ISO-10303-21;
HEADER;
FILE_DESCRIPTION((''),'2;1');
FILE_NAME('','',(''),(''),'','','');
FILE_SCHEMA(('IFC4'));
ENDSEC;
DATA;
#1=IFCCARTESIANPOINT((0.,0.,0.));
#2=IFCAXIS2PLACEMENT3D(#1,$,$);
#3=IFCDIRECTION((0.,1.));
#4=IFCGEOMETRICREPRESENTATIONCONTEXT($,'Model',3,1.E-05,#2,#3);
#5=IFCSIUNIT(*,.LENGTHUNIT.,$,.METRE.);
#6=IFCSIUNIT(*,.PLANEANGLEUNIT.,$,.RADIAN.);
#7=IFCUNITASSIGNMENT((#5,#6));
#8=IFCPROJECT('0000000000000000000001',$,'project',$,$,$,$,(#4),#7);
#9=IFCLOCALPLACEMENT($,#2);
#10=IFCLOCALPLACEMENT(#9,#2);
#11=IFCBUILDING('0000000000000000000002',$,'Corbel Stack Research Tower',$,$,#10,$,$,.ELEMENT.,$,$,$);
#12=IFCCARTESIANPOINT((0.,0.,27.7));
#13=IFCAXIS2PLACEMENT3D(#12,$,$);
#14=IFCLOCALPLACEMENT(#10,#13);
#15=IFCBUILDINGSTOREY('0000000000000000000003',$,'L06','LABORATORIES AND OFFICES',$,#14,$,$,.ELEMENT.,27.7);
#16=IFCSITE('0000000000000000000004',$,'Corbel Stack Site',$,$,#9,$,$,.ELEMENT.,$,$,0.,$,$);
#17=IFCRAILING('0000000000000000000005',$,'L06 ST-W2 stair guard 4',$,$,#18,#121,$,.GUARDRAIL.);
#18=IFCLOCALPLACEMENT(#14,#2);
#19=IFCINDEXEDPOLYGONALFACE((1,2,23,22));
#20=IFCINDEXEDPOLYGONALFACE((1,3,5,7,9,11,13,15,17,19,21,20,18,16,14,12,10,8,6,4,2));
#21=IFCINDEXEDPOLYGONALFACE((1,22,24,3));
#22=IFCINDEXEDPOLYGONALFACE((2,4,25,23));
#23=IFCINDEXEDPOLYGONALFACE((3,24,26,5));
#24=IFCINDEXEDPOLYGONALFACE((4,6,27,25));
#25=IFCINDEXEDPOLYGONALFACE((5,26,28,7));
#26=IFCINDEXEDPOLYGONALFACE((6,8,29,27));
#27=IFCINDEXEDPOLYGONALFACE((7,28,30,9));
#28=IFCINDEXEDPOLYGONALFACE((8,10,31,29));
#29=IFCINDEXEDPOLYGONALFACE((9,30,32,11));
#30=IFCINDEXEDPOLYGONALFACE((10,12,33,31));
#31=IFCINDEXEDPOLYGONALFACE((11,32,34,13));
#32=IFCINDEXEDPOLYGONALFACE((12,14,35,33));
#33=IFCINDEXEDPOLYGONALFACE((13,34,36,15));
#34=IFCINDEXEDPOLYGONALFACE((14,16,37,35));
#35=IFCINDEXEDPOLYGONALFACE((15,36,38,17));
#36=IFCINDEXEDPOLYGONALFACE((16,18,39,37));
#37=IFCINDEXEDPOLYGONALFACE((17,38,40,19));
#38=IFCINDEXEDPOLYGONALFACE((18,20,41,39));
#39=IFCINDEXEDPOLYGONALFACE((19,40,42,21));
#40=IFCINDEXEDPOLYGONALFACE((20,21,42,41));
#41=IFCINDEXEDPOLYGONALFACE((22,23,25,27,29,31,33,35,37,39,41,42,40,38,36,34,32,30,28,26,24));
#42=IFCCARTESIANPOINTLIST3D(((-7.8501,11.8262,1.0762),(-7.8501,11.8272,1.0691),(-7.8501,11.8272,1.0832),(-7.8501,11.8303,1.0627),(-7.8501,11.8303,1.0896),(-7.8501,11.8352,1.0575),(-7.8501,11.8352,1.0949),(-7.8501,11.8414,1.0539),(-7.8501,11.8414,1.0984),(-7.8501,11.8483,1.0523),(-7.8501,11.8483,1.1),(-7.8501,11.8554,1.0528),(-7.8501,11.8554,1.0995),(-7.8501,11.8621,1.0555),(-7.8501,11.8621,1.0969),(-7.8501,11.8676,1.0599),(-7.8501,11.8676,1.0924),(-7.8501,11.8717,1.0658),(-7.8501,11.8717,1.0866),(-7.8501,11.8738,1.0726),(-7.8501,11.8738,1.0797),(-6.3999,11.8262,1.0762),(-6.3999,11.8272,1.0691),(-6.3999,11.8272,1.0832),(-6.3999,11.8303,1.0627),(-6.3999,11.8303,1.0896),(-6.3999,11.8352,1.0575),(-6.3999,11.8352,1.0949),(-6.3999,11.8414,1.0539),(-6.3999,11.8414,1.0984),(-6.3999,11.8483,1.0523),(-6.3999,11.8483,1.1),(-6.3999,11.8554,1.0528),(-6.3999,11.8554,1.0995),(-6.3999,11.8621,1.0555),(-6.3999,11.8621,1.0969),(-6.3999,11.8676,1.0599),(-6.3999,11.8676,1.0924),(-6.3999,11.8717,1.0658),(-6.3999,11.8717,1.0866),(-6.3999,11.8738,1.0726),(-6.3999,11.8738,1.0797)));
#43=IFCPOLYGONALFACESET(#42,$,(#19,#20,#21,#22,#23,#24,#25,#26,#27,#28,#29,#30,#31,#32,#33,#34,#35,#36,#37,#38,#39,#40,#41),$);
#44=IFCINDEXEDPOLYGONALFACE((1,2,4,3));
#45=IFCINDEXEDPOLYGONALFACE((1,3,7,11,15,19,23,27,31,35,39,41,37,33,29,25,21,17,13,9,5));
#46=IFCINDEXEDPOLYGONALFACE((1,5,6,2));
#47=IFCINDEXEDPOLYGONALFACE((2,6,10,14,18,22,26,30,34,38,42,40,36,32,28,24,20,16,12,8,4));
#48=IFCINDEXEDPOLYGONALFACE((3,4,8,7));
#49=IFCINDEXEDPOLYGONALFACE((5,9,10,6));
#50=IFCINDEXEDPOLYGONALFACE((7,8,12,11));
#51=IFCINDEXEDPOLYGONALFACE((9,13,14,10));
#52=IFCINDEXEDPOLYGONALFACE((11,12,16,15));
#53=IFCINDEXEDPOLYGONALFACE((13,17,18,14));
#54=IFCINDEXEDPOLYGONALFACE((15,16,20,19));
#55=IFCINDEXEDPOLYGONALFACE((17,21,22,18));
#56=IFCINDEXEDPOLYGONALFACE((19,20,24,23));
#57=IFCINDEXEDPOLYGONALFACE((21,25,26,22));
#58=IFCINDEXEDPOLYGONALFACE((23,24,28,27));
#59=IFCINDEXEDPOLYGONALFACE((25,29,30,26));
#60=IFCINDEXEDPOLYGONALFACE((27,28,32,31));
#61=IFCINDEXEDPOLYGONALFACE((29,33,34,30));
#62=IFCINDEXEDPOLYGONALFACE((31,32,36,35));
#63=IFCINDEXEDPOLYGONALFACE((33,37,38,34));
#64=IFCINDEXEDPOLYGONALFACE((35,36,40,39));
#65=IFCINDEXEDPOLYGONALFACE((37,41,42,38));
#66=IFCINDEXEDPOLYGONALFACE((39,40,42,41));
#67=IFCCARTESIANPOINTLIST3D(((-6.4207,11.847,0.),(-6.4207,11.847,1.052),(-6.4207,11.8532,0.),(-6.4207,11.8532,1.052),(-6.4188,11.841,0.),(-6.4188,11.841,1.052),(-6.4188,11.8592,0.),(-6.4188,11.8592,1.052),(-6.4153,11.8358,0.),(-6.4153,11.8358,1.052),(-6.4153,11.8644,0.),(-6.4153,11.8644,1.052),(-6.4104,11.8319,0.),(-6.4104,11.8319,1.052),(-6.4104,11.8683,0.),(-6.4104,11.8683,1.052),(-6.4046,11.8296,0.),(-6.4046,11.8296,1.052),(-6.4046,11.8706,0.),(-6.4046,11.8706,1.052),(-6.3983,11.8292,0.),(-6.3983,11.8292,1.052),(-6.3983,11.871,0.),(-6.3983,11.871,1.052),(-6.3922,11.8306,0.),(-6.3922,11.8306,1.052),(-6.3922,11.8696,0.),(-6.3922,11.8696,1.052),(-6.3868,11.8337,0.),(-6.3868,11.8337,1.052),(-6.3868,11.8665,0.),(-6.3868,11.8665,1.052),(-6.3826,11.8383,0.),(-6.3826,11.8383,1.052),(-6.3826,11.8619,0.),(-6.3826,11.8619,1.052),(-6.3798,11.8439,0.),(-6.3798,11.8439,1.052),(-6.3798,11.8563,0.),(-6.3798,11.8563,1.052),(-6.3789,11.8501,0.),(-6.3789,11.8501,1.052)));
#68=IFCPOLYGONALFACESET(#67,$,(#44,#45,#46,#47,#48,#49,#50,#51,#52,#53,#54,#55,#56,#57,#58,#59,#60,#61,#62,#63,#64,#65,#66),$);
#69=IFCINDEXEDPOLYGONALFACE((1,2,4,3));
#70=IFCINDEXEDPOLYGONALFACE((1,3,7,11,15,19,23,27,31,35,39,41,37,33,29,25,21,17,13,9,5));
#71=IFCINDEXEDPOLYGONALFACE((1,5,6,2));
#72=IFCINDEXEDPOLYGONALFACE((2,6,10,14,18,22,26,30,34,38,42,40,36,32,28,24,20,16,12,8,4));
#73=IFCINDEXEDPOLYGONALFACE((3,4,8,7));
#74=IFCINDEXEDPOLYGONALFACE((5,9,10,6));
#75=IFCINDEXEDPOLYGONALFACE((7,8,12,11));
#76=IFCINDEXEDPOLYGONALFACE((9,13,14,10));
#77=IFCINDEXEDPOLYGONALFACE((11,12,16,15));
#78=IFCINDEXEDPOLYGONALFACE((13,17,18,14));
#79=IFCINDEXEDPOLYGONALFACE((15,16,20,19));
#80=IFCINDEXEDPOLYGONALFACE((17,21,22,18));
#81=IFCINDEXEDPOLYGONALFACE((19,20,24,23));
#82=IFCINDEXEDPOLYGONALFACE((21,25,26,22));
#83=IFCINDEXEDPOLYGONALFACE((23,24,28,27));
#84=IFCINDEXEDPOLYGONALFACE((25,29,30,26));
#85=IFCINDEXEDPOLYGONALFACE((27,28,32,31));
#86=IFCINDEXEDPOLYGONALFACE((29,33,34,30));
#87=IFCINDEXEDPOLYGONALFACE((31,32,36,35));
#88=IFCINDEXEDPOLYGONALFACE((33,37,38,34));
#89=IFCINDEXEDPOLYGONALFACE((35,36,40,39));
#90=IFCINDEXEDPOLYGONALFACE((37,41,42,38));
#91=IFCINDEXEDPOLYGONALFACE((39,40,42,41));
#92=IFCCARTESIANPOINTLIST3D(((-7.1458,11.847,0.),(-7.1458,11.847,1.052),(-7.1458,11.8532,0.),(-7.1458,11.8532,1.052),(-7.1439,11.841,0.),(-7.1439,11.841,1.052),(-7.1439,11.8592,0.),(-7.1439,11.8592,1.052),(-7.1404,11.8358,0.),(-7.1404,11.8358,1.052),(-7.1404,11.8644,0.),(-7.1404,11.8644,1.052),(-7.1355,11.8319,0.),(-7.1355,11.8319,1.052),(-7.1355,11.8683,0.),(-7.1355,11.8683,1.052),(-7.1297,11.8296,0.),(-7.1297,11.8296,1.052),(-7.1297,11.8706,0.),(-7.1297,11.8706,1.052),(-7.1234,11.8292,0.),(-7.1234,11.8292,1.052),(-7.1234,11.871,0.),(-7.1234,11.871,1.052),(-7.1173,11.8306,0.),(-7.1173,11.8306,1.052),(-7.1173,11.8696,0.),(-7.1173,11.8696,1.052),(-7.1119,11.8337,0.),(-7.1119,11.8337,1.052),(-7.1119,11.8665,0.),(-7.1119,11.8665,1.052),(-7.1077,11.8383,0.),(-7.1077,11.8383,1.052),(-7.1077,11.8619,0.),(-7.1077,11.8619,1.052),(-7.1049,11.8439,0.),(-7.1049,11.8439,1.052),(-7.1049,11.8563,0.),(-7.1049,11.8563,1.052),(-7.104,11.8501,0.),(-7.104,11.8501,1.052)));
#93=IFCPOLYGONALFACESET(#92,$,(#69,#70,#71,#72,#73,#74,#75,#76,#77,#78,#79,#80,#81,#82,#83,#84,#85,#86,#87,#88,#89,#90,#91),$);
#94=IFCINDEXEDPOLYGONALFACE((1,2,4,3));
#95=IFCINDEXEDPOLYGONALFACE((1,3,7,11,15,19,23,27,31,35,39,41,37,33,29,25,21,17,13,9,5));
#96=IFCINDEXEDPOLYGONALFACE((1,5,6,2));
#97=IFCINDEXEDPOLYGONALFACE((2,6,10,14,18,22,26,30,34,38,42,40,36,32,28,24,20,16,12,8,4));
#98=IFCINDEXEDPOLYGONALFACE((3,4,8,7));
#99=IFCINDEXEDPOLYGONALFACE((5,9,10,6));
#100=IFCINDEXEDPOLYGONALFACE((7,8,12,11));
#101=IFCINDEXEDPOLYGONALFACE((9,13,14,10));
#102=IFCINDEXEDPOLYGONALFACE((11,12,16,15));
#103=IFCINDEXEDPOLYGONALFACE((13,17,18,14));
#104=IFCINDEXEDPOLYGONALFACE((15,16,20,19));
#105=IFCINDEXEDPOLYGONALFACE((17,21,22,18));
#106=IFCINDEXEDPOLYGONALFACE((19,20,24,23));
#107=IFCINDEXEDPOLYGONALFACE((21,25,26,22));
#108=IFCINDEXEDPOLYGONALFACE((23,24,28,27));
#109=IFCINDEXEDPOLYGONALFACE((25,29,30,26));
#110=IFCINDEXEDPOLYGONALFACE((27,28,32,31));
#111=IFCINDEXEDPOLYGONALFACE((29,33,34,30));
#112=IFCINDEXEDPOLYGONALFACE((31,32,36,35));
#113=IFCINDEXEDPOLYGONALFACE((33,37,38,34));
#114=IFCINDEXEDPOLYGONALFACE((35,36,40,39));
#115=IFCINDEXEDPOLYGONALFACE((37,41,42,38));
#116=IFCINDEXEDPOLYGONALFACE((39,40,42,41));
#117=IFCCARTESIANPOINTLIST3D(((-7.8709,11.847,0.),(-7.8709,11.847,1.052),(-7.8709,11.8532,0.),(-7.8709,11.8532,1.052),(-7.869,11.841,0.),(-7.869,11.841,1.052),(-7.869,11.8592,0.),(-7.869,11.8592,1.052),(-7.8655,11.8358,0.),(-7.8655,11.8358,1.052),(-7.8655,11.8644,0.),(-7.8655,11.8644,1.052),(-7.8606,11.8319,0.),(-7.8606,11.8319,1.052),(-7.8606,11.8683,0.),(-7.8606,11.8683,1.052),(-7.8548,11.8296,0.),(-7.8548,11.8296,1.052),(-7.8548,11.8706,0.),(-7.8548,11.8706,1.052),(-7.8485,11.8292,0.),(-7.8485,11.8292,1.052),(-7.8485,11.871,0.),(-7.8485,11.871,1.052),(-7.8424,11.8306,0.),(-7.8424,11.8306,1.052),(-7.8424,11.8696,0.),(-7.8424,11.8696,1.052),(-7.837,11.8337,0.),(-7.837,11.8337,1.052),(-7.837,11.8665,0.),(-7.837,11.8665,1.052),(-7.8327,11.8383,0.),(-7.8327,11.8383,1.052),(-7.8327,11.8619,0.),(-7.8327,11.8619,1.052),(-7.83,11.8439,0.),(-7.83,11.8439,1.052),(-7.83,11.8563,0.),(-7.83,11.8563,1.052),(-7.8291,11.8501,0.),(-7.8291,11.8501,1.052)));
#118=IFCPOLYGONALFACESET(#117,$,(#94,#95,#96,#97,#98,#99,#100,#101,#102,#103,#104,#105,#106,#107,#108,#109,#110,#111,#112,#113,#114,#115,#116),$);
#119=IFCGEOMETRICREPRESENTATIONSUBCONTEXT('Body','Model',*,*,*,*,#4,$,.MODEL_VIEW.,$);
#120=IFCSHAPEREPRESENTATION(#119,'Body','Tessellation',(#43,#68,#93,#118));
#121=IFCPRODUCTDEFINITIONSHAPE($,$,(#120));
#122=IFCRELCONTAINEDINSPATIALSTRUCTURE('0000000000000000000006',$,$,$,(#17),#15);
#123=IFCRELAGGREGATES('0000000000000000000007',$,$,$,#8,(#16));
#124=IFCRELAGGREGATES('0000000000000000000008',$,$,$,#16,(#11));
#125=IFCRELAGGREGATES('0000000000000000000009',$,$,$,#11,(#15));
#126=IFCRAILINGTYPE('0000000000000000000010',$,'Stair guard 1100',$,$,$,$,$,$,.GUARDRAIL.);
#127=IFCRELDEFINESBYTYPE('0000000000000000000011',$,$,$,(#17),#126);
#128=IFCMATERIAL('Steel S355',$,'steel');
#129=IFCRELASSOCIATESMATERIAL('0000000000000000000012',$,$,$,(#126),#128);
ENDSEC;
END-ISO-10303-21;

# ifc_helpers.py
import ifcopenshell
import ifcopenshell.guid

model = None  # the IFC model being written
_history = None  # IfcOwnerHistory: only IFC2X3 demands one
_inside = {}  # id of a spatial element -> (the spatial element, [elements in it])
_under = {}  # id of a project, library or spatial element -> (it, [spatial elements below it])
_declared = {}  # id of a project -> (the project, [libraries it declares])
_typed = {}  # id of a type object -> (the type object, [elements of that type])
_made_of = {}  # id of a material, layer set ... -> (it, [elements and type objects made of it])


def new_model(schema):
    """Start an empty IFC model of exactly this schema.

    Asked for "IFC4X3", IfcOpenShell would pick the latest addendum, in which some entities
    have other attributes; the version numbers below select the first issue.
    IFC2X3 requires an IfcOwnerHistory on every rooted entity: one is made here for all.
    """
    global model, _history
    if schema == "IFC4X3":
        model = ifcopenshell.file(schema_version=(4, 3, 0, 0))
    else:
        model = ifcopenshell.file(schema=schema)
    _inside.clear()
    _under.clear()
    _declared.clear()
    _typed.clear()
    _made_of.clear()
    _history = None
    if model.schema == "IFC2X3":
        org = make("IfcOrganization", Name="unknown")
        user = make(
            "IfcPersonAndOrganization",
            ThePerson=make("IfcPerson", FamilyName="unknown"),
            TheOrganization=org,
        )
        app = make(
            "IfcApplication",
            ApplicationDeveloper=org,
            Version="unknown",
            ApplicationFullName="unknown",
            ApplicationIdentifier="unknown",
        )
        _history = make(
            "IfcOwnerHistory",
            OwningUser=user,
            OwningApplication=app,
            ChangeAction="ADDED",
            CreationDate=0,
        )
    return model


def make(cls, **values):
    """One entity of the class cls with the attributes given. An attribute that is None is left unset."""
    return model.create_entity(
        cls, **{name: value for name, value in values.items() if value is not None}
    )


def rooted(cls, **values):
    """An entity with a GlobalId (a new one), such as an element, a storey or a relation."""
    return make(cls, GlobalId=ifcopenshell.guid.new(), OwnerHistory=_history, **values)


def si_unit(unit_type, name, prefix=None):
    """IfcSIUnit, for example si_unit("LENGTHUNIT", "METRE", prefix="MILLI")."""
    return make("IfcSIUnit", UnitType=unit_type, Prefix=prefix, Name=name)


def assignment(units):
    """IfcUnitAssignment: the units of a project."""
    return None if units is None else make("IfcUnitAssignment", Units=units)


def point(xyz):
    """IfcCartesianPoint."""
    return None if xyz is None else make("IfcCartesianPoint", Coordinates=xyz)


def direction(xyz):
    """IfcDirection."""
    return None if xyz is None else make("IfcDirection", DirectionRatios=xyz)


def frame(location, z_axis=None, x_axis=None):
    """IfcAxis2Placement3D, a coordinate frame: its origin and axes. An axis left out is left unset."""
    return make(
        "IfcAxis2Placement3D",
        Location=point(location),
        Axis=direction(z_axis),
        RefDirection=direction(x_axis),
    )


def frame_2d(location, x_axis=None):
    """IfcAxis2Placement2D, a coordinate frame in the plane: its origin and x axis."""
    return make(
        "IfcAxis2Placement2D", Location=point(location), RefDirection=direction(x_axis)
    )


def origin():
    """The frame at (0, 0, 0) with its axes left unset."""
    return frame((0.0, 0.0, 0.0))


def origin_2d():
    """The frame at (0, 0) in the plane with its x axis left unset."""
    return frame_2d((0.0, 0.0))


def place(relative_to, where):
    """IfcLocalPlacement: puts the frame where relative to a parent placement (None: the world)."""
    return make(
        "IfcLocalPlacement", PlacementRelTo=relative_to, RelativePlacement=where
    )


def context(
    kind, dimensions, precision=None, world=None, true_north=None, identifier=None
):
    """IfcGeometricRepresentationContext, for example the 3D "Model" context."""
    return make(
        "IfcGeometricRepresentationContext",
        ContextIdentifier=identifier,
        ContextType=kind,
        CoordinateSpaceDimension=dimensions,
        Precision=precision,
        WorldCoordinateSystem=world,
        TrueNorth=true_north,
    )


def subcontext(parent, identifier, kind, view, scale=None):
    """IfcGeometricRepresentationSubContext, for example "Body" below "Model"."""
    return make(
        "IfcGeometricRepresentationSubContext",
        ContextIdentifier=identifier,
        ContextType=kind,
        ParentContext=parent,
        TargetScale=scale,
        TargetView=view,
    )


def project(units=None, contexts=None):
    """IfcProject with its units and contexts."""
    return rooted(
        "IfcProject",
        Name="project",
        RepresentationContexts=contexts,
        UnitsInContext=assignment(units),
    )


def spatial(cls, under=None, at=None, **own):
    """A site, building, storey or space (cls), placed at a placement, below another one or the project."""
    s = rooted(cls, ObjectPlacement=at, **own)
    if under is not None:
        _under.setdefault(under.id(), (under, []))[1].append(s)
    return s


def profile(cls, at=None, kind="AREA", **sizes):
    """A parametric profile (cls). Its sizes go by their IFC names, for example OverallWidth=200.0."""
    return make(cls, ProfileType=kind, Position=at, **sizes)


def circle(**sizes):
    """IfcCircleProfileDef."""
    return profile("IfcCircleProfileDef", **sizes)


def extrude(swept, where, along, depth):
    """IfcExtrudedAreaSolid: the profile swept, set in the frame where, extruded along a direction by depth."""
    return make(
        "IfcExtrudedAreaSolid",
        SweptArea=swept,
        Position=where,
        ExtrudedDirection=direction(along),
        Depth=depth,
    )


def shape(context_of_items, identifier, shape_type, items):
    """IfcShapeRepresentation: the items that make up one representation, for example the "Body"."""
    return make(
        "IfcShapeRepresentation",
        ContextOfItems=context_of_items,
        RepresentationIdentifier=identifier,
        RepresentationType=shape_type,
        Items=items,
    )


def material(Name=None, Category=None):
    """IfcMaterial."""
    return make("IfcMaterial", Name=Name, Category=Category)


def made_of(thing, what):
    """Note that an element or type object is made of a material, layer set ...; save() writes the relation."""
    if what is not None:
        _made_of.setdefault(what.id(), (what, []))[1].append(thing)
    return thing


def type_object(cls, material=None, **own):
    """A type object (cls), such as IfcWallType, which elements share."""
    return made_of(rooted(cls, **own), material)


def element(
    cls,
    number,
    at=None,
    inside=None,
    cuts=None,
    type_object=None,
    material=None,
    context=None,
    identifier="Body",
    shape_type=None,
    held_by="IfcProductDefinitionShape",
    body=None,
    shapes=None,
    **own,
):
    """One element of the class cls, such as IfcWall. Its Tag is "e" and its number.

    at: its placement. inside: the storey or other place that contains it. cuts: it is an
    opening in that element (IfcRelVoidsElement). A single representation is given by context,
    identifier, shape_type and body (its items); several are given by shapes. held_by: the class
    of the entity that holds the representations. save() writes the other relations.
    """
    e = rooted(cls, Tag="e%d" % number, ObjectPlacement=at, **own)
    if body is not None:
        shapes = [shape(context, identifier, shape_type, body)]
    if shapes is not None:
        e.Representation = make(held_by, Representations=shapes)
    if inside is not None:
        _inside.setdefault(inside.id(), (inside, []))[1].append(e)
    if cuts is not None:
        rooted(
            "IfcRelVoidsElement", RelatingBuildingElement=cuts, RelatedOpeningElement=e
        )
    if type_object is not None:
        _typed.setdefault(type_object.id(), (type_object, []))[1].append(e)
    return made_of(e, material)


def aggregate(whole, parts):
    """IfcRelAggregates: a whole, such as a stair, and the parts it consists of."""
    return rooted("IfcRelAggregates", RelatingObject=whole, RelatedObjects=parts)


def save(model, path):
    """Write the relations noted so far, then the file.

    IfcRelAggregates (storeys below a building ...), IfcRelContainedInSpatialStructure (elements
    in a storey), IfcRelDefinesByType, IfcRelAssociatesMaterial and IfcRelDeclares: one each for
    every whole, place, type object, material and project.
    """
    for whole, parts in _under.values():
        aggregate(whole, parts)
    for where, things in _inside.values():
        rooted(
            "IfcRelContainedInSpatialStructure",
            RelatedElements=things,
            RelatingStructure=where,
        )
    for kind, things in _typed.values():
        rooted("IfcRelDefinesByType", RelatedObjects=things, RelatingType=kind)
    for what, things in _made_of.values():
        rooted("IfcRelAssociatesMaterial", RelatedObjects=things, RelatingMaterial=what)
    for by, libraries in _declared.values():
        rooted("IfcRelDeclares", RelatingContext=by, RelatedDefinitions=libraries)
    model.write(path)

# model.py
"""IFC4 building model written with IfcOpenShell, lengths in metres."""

from ifc_helpers import new_model, si_unit, direction, frame, origin, origin_2d, place, context, subcontext, project, spatial, circle, extrude, material, type_object, element, save


model = new_model("IFC4")

# Units and contexts
model_context = context("Model", 3, precision=1e-05, world=origin(), true_north=direction((0.0, 1.0)))
body_context = subcontext(model_context, "Body", "Model", "MODEL_VIEW")
ifc_project = project(units=[si_unit("LENGTHUNIT", "METRE"), si_unit("PLANEANGLEUNIT", "RADIAN")], contexts=[model_context])

# Site, building, storey
site_placement = place(None, origin())
site = spatial("IfcSite", under=ifc_project, at=site_placement, Name="Corbel Stack Site", CompositionType="ELEMENT", RefElevation=0.0)
building_placement = place(site_placement, origin())
building = spatial("IfcBuilding", under=site, at=building_placement, Name="Corbel Stack Research Tower", CompositionType="ELEMENT")
storey_placement = place(building_placement, frame((0.0, 0.0, 27.7)))
storey = spatial("IfcBuildingStorey", under=building, at=storey_placement, Name="L06", Description="LABORATORIES AND OFFICES", CompositionType="ELEMENT", Elevation=27.7)

# Railing
ifc_material_1 = material(Name="Steel S355", Category="steel")
railing_type_1 = type_object("IfcRailingType", Name="Stair guard 1100", PredefinedType="GUARDRAIL", material=ifc_material_1)
railing_1_placement = place(storey_placement, frame((-6.3999, 11.8501, 0.0)))
element("IfcRailing", 1, at=railing_1_placement, inside=storey, type_object=railing_type_1, Name="L06 ST-W2 stair guard 4", PredefinedType="GUARDRAIL", context=body_context, shape_type="SweptSolid", body=[
    extrude(circle(Radius=0.0239, at=origin_2d()), frame((0.0, 0.0, 1.0762), z_axis=(-1.0, 0.0, 0.0), x_axis=(0.0, -1.0, 0.0)), (0.0, 0.0, 1.0), 1.4502),
    extrude(circle(Radius=0.021, at=origin_2d()), origin(), (0.0, 0.0, 1.0), 1.052),
    extrude(circle(Radius=0.021, at=origin_2d()), frame((-0.7251, 0.0, 0.0)), (0.0, 0.0, 1.0), 1.052),
    extrude(circle(Radius=0.021, at=origin_2d()), frame((-1.4502, 0.0, 0.0)), (0.0, 0.0, 1.0), 1.052),
])

save(model, "model.ifc")
